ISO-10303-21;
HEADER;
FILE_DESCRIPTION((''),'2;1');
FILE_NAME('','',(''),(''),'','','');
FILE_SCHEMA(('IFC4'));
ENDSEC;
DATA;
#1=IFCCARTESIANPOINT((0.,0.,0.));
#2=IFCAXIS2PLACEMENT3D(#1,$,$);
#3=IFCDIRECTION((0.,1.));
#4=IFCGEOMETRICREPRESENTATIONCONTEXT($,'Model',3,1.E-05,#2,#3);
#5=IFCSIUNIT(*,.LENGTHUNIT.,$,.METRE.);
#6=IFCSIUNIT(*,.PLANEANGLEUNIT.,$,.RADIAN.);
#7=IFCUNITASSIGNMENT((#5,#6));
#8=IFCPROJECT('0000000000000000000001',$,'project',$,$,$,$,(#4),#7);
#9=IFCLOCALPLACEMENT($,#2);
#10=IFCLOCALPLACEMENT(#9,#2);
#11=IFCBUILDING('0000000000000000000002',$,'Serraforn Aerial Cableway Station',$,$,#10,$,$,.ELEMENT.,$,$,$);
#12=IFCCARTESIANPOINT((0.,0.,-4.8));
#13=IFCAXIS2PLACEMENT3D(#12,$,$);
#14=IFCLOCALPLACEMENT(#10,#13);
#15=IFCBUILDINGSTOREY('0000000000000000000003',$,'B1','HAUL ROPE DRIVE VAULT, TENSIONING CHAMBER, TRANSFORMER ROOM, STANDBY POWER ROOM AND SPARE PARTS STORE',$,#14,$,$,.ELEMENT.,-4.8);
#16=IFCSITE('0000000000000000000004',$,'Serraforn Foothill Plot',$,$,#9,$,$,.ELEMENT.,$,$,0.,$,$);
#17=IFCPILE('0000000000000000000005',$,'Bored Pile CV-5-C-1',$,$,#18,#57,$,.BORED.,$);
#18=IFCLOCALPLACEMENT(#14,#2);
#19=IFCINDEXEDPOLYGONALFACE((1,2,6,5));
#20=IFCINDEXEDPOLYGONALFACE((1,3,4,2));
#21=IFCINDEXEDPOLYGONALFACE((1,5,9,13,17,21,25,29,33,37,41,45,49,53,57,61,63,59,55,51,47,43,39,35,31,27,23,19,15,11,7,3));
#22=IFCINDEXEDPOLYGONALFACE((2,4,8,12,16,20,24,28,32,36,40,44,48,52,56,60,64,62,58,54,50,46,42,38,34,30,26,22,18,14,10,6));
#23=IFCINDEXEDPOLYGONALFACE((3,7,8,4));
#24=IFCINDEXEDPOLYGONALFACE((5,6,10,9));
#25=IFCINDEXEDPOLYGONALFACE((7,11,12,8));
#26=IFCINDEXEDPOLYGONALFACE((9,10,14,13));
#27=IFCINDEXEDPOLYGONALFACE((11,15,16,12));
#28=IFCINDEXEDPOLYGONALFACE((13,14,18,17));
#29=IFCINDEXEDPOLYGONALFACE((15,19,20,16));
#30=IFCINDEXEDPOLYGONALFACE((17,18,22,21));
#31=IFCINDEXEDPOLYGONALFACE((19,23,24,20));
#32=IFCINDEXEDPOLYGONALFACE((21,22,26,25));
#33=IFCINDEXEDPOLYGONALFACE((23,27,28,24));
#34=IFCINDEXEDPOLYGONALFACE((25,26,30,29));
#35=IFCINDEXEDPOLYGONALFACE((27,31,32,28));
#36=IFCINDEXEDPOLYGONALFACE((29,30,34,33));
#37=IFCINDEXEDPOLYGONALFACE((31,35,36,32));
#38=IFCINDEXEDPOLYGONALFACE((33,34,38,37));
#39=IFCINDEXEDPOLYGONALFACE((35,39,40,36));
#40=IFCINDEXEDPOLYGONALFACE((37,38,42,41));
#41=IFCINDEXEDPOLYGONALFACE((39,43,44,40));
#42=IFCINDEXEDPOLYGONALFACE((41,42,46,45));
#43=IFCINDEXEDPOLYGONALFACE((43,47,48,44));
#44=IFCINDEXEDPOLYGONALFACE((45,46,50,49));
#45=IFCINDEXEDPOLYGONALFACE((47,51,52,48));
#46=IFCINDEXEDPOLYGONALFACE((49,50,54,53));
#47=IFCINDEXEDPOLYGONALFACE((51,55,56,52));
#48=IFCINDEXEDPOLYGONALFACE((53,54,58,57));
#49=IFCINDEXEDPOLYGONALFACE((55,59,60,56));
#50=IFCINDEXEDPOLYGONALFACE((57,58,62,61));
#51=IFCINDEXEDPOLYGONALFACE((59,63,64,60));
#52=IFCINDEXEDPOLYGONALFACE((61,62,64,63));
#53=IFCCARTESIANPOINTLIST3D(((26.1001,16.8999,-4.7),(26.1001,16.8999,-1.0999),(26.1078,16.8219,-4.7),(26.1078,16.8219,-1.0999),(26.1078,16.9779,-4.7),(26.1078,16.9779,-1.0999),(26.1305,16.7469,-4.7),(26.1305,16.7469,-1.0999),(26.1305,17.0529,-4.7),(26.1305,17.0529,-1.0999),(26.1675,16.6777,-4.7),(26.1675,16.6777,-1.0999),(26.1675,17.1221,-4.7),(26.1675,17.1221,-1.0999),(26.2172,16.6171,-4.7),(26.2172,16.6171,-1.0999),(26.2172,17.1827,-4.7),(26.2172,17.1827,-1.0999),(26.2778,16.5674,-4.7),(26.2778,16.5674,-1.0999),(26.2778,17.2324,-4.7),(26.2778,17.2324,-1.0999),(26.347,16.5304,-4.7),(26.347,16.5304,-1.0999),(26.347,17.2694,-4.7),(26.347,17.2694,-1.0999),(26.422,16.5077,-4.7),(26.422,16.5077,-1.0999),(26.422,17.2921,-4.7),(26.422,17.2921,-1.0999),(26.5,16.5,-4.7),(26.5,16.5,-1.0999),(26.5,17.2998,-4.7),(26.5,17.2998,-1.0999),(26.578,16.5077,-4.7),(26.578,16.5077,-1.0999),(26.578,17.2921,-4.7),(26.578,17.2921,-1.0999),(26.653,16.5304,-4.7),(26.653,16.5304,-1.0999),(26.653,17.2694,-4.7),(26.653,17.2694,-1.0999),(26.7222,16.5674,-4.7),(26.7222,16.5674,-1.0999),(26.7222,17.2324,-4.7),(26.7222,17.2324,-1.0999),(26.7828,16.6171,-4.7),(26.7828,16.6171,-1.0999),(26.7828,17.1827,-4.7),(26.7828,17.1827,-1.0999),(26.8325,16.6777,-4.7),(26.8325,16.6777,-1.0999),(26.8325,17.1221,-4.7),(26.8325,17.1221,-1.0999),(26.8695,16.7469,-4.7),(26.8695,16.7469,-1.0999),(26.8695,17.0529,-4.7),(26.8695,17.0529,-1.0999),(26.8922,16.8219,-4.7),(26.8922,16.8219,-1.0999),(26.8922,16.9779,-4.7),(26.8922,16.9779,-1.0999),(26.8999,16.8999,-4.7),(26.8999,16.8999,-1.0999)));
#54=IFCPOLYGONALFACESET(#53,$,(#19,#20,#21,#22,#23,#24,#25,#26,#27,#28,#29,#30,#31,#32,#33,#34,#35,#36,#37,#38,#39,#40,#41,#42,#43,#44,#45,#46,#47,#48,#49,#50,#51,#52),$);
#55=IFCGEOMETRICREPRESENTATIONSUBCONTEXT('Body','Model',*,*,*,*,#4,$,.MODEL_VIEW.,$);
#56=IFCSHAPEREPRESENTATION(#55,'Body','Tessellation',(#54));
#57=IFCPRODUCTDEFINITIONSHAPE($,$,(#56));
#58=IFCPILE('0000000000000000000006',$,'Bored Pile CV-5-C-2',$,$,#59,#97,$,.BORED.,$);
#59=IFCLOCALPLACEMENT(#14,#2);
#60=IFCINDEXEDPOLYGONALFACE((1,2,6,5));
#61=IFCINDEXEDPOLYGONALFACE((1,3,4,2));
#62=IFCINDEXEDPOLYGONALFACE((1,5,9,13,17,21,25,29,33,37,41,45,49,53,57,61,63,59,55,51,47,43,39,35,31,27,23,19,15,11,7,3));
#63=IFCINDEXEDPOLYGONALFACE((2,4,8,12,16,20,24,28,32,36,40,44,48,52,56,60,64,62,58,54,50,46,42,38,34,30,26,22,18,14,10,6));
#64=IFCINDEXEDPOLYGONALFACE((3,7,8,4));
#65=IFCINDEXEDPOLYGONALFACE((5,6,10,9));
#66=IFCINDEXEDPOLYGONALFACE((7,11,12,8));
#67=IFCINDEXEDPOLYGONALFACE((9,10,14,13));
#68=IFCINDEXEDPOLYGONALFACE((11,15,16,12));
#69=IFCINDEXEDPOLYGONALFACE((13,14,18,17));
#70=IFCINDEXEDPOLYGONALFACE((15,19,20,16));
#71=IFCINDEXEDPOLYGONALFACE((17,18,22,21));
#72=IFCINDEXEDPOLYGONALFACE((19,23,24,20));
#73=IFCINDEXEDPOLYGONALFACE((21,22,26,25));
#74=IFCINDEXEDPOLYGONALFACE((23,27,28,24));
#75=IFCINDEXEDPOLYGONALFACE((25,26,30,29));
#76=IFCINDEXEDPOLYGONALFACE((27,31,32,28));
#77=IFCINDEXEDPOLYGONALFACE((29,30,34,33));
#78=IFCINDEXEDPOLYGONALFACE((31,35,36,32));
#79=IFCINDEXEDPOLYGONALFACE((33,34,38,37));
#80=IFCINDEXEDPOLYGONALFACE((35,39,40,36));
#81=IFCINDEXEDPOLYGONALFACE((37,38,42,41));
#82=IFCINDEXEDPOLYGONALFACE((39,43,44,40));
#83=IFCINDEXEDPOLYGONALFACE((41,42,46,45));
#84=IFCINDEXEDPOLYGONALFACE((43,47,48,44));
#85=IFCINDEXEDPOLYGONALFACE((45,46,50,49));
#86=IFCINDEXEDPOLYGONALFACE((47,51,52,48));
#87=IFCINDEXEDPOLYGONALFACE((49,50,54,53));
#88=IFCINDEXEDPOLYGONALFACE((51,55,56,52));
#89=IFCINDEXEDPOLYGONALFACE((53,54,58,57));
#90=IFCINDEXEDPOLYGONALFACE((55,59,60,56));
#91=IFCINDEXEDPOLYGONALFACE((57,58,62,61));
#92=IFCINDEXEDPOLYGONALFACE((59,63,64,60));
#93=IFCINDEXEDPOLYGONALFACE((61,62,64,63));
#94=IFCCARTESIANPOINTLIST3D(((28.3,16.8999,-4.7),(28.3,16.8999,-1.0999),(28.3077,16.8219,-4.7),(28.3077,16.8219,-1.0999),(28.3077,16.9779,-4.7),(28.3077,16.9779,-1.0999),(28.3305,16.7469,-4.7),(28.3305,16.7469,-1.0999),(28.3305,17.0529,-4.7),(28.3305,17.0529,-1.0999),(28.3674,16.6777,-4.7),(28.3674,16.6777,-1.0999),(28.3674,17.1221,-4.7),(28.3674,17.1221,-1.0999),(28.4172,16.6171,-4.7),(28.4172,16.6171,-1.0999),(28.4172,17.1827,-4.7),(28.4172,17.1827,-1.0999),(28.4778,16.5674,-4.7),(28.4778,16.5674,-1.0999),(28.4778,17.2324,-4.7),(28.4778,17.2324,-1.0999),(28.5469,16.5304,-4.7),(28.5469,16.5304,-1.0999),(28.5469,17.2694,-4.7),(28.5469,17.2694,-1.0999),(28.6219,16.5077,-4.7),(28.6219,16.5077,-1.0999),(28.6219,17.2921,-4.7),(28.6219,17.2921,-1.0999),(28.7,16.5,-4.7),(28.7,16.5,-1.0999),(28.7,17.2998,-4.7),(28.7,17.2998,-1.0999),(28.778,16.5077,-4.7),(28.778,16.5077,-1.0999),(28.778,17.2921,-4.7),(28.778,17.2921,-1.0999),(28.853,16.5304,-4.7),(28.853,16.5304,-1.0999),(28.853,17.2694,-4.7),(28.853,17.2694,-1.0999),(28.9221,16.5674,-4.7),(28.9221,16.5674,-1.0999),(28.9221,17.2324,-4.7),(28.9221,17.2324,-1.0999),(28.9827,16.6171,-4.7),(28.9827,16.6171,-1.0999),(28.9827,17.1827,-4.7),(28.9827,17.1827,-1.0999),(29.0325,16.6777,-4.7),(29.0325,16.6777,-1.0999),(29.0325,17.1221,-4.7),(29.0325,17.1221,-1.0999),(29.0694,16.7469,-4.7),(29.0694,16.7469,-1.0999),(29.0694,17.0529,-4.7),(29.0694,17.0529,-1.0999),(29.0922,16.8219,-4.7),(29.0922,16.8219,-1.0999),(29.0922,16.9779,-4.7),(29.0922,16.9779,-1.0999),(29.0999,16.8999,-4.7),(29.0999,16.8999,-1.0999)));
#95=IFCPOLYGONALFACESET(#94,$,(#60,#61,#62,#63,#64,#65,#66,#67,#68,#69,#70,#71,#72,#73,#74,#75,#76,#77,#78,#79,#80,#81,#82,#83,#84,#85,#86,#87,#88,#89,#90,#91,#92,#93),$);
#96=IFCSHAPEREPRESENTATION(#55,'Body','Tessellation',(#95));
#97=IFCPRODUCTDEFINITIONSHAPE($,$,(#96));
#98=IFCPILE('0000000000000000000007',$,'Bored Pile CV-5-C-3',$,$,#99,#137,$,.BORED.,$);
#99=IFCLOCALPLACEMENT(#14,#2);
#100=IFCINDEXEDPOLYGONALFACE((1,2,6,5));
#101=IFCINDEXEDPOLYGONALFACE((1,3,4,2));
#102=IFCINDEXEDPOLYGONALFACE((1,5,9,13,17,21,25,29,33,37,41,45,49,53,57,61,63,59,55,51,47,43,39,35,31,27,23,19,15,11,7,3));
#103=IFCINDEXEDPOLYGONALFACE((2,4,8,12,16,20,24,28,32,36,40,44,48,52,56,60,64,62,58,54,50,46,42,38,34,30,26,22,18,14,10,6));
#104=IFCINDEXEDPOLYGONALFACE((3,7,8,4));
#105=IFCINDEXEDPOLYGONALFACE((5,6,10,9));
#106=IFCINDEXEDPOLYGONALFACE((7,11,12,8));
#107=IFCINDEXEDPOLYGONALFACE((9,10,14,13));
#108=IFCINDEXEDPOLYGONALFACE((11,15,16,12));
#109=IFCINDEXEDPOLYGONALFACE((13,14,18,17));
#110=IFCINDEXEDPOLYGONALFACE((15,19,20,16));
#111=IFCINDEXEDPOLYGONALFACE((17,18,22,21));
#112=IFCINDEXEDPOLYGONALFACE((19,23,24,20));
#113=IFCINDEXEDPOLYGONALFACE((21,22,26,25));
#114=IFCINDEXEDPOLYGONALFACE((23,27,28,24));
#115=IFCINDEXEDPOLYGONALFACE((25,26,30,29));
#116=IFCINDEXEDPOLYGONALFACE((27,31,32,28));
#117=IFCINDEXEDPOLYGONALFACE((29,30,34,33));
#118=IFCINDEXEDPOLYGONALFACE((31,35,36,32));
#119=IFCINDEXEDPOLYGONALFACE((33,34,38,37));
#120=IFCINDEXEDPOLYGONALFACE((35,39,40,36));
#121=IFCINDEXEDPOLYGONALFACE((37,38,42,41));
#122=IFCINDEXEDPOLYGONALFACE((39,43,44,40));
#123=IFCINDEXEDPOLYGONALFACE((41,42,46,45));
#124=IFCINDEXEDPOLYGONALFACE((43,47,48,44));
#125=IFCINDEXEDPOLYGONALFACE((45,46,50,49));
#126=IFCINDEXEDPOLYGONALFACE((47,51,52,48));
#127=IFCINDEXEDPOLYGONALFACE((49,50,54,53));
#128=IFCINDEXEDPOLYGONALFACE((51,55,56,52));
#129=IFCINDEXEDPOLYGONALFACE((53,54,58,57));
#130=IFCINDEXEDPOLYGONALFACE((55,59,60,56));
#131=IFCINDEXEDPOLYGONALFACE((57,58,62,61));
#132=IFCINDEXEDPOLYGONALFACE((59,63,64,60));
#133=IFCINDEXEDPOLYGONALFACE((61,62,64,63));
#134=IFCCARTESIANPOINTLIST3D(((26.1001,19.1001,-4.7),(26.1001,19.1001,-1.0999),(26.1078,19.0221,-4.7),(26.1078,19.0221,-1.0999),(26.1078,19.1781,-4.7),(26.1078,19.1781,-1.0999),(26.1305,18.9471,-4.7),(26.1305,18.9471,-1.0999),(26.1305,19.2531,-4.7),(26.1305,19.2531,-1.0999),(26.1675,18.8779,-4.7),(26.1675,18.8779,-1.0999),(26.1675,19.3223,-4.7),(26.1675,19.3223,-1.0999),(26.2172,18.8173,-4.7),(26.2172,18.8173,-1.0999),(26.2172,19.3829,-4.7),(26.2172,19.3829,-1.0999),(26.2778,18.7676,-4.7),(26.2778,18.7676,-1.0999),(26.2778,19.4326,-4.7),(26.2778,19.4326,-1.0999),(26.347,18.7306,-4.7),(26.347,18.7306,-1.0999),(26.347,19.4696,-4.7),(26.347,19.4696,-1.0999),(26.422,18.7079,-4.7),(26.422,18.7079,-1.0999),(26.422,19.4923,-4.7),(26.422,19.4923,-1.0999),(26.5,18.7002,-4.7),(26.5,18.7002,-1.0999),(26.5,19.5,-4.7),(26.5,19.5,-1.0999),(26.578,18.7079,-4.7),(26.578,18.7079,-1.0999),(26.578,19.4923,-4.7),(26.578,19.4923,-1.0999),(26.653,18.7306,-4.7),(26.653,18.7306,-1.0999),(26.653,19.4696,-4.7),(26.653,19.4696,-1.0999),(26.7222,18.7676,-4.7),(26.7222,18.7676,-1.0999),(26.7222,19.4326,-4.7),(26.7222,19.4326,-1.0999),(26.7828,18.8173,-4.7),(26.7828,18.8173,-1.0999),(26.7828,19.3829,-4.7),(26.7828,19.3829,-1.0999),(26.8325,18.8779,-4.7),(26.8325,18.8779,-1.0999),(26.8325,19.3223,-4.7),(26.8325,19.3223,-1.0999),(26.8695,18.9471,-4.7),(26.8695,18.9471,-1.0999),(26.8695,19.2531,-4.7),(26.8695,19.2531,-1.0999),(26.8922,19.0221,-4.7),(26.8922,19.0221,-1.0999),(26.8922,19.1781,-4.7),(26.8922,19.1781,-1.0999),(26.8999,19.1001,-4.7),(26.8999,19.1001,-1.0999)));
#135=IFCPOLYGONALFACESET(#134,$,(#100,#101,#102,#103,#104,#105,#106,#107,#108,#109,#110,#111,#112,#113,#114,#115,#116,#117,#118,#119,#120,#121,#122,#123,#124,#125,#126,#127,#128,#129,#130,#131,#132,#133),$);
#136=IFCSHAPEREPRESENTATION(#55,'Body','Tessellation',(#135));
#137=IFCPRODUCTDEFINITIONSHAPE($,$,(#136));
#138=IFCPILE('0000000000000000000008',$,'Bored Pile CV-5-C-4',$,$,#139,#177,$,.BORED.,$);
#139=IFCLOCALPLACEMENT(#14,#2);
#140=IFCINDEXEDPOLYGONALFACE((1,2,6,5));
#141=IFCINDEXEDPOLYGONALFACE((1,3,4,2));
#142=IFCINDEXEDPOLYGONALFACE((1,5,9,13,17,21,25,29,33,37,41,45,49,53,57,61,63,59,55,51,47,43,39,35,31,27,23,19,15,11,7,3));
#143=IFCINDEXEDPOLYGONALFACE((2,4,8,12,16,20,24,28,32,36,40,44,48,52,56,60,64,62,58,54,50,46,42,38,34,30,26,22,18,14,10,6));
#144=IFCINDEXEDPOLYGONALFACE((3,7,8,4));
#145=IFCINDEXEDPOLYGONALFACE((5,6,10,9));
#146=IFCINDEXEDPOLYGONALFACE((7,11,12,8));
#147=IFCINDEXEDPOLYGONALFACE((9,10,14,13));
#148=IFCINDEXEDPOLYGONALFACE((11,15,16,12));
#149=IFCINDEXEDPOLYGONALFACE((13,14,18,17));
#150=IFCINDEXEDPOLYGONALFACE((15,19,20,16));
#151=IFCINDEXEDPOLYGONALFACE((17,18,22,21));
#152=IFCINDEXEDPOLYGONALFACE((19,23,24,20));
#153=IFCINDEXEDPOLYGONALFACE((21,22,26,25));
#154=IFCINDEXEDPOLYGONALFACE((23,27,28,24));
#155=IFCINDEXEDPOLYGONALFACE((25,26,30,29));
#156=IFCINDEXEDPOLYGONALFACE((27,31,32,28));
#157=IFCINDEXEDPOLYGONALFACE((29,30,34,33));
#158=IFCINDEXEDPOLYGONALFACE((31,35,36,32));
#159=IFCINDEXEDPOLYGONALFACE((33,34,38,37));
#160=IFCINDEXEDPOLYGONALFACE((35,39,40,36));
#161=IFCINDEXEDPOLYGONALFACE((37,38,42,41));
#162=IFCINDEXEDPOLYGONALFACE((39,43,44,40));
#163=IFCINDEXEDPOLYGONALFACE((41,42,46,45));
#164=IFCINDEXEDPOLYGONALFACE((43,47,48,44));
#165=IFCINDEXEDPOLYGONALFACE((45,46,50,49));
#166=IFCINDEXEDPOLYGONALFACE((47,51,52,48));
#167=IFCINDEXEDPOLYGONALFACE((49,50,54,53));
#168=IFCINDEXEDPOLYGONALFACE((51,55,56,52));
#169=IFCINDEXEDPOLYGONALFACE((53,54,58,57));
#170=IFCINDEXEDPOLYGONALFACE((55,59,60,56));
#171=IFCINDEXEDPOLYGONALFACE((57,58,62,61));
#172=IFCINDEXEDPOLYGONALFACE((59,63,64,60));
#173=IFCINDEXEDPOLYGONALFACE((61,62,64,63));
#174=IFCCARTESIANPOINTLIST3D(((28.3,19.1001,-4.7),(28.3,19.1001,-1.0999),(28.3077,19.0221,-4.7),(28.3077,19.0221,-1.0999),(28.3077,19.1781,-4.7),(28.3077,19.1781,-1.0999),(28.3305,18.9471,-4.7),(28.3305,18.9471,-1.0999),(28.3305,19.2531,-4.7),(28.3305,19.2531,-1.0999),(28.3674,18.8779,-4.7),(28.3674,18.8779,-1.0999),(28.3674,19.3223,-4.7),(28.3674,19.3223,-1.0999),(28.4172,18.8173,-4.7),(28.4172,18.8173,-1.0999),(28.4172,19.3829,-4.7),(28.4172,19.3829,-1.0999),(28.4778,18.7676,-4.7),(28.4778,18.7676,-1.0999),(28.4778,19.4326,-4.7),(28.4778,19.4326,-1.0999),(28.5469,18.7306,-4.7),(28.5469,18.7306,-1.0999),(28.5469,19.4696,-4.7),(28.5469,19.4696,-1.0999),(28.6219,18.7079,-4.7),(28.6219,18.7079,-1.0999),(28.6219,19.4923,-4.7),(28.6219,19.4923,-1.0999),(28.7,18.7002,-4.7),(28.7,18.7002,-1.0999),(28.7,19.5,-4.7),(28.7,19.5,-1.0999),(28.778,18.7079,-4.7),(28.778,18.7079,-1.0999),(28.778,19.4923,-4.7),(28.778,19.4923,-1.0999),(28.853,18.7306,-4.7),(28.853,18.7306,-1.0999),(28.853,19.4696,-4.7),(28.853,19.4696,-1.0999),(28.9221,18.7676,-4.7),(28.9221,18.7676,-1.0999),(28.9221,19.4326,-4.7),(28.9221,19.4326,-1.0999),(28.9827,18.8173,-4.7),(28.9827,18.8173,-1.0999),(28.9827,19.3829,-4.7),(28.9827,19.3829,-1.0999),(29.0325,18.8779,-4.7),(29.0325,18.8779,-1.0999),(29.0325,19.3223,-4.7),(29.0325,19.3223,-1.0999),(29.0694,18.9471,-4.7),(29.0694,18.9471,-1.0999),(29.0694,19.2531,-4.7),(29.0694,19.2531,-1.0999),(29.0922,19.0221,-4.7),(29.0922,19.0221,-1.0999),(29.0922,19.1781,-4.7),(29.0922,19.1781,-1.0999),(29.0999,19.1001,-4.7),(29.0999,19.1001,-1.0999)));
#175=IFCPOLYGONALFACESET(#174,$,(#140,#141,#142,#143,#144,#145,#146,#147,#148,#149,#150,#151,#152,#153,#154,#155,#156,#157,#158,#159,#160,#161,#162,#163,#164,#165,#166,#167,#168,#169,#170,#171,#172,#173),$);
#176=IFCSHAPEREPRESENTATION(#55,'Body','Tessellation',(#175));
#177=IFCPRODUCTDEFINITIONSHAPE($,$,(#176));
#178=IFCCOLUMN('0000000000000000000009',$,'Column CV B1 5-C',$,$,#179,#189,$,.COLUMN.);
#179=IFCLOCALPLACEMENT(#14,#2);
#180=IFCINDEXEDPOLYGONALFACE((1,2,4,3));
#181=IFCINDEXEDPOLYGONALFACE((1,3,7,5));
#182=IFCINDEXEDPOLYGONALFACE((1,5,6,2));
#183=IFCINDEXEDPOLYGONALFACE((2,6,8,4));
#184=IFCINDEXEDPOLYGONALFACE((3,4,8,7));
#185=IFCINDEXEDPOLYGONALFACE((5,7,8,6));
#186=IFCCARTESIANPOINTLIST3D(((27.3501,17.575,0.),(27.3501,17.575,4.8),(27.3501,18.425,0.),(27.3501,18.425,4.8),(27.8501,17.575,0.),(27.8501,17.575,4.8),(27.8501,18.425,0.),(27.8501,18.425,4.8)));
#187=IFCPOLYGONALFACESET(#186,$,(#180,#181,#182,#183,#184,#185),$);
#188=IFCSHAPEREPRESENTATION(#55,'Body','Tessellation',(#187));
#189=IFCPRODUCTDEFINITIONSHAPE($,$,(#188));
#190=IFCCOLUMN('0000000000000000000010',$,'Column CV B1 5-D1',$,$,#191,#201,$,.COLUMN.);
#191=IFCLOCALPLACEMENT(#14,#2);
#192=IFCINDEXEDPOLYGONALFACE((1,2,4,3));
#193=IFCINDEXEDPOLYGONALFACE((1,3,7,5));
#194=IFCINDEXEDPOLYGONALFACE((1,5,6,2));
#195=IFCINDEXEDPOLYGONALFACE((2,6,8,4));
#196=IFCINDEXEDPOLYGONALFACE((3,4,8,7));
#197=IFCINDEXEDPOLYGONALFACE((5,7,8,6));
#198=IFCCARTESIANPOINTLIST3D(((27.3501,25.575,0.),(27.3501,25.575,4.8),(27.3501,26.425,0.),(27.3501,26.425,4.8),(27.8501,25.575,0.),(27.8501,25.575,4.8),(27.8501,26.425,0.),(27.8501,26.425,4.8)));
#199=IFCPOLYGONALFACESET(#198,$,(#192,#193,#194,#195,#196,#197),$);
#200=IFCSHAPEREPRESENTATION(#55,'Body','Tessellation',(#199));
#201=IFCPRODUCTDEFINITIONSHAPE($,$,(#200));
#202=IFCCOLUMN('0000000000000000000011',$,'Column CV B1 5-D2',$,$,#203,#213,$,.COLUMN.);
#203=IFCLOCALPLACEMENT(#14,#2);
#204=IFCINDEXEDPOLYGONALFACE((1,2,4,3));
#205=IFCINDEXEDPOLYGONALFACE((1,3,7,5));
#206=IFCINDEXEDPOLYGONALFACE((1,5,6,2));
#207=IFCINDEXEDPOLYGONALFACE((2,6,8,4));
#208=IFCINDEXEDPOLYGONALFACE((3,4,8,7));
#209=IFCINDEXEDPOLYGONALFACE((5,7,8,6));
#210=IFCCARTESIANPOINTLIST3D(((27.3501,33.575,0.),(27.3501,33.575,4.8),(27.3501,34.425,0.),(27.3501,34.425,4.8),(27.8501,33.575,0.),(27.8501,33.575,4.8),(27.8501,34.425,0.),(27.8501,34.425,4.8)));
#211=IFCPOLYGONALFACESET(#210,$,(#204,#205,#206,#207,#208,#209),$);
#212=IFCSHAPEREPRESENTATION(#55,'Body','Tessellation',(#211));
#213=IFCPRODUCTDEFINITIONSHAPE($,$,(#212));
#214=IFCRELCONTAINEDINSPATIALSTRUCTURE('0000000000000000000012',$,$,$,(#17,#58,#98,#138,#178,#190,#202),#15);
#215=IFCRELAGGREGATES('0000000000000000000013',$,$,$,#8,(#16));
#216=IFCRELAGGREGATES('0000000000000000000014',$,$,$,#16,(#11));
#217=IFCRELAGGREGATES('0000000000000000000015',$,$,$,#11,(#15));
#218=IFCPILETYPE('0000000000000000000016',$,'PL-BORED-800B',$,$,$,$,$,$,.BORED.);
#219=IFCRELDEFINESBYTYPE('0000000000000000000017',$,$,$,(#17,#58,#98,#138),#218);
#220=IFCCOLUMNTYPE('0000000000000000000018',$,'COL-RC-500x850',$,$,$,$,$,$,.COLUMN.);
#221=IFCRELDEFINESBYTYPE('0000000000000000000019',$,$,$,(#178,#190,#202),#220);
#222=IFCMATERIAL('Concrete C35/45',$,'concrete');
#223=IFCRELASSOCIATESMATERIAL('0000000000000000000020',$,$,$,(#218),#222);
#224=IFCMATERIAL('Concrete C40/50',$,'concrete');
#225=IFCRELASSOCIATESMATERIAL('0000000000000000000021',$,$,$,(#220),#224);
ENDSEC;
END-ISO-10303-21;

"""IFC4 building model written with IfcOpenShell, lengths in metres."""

from ifc_helpers import new_model, si_unit, direction, frame, origin, origin_2d, place, context, subcontext, project, spatial, rectangle, circle, extrude, material, material_profile, profile_set, type_object, element, save


model = new_model("IFC4")

# Units and contexts
model_context = context("Model", 3, precision=1e-05, world=origin(), true_north=direction((0.0, 1.0)))
body_context = subcontext(model_context, "Body", "Model", "MODEL_VIEW")
ifc_project = project(units=[si_unit("LENGTHUNIT", "METRE"), si_unit("PLANEANGLEUNIT", "RADIAN")], contexts=[model_context])

# Site, building, storey
site_placement = place(None, origin())
site = spatial("IfcSite", under=ifc_project, at=site_placement, Name="Serraforn Foothill Plot", CompositionType="ELEMENT", RefElevation=0.0)
building_placement = place(site_placement, origin())
building = spatial("IfcBuilding", under=site, at=building_placement, Name="Serraforn Aerial Cableway Station", CompositionType="ELEMENT")
storey_placement = place(building_placement, frame((0.0, 0.0, -4.8)))
storey = spatial("IfcBuildingStorey", under=building, at=storey_placement, Name="B1", Description="HAUL ROPE DRIVE VAULT, TENSIONING CHAMBER, TRANSFORMER ROOM, STANDBY POWER ROOM AND SPARE PARTS STORE", CompositionType="ELEMENT", Elevation=-4.8)

# Shared definitions
ifc_material_1 = material(Name="Concrete C35/45", Category="concrete")
ifc_material_2 = material(Name="Concrete C40/50", Category="concrete")

# Piles
ifc_material_profile_1 = material_profile(ifc_material_1, circle(Radius=0.3999, at=origin_2d()), Name="BORED PILE D800")
ifc_profile_set_1 = profile_set([ifc_material_profile_1], Name="Concrete C35/45")
pile_type_1 = type_object("IfcPileType", Name="PL-BORED-800B", PredefinedType="BORED", material=ifc_profile_set_1)
for number, where, z_axis, x_axis, name in (
    (1, (26.5, 16.8999, -1.0999), (0.0, 0.0, -1.0), (1.0, 0.0, 0.0), "Bored Pile CV-5-C-1"),
    (2, (28.7, 16.8999, -1.0999), (0.0, 0.0, -1.0), (1.0, 0.0, 0.0), "Bored Pile CV-5-C-2"),
    (3, (26.5, 19.1001, -1.0999), (0.0, 0.0, -1.0), (1.0, 0.0, 0.0), "Bored Pile CV-5-C-3"),
    (4, (28.7, 19.1001, -1.0999), (0.0, 0.0, -1.0), (1.0, 0.0, 0.0), "Bored Pile CV-5-C-4"),
):
    element("IfcPile", number, at=place(storey_placement, frame(where, z_axis=z_axis, x_axis=x_axis)), inside=storey, type_object=pile_type_1, Name=name, PredefinedType="BORED", context=body_context, shape_type="SweptSolid", body=[
        extrude(circle(Radius=0.3999, at=origin_2d()), origin(), (0.0, 0.0, 1.0), 3.6001),
    ])

# Columns
ifc_material_profile_2 = material_profile(ifc_material_2, rectangle(XDim=0.5, YDim=0.8501, at=origin_2d()), Name="RC 500x850")
ifc_profile_set_2 = profile_set([ifc_material_profile_2], Name="Concrete C40/50")
column_type = type_object("IfcColumnType", Name="COL-RC-500x850", PredefinedType="COLUMN", material=ifc_profile_set_2)
for number, where, z_axis, x_axis, name in (
    (5, (27.6001, 18.0, 0.0), (0.0, 0.0, 1.0), (1.0, 0.0, 0.0), "Column CV B1 5-C"),
    (6, (27.6001, 26.0, 0.0), (0.0, 0.0, 1.0), (1.0, 0.0, 0.0), "Column CV B1 5-D1"),
    (7, (27.6001, 34.0, 0.0), (0.0, 0.0, 1.0), (1.0, 0.0, 0.0), "Column CV B1 5-D2"),
):
    element("IfcColumn", number, at=place(storey_placement, frame(where, z_axis=z_axis, x_axis=x_axis)), inside=storey, type_object=column_type, Name=name, PredefinedType="COLUMN", context=body_context, shape_type="SweptSolid", body=[
        extrude(rectangle(XDim=0.5, YDim=0.8501, at=origin_2d()), origin(), (0.0, 0.0, 1.0), 4.8),
    ])

save(model, "model.ifc")
